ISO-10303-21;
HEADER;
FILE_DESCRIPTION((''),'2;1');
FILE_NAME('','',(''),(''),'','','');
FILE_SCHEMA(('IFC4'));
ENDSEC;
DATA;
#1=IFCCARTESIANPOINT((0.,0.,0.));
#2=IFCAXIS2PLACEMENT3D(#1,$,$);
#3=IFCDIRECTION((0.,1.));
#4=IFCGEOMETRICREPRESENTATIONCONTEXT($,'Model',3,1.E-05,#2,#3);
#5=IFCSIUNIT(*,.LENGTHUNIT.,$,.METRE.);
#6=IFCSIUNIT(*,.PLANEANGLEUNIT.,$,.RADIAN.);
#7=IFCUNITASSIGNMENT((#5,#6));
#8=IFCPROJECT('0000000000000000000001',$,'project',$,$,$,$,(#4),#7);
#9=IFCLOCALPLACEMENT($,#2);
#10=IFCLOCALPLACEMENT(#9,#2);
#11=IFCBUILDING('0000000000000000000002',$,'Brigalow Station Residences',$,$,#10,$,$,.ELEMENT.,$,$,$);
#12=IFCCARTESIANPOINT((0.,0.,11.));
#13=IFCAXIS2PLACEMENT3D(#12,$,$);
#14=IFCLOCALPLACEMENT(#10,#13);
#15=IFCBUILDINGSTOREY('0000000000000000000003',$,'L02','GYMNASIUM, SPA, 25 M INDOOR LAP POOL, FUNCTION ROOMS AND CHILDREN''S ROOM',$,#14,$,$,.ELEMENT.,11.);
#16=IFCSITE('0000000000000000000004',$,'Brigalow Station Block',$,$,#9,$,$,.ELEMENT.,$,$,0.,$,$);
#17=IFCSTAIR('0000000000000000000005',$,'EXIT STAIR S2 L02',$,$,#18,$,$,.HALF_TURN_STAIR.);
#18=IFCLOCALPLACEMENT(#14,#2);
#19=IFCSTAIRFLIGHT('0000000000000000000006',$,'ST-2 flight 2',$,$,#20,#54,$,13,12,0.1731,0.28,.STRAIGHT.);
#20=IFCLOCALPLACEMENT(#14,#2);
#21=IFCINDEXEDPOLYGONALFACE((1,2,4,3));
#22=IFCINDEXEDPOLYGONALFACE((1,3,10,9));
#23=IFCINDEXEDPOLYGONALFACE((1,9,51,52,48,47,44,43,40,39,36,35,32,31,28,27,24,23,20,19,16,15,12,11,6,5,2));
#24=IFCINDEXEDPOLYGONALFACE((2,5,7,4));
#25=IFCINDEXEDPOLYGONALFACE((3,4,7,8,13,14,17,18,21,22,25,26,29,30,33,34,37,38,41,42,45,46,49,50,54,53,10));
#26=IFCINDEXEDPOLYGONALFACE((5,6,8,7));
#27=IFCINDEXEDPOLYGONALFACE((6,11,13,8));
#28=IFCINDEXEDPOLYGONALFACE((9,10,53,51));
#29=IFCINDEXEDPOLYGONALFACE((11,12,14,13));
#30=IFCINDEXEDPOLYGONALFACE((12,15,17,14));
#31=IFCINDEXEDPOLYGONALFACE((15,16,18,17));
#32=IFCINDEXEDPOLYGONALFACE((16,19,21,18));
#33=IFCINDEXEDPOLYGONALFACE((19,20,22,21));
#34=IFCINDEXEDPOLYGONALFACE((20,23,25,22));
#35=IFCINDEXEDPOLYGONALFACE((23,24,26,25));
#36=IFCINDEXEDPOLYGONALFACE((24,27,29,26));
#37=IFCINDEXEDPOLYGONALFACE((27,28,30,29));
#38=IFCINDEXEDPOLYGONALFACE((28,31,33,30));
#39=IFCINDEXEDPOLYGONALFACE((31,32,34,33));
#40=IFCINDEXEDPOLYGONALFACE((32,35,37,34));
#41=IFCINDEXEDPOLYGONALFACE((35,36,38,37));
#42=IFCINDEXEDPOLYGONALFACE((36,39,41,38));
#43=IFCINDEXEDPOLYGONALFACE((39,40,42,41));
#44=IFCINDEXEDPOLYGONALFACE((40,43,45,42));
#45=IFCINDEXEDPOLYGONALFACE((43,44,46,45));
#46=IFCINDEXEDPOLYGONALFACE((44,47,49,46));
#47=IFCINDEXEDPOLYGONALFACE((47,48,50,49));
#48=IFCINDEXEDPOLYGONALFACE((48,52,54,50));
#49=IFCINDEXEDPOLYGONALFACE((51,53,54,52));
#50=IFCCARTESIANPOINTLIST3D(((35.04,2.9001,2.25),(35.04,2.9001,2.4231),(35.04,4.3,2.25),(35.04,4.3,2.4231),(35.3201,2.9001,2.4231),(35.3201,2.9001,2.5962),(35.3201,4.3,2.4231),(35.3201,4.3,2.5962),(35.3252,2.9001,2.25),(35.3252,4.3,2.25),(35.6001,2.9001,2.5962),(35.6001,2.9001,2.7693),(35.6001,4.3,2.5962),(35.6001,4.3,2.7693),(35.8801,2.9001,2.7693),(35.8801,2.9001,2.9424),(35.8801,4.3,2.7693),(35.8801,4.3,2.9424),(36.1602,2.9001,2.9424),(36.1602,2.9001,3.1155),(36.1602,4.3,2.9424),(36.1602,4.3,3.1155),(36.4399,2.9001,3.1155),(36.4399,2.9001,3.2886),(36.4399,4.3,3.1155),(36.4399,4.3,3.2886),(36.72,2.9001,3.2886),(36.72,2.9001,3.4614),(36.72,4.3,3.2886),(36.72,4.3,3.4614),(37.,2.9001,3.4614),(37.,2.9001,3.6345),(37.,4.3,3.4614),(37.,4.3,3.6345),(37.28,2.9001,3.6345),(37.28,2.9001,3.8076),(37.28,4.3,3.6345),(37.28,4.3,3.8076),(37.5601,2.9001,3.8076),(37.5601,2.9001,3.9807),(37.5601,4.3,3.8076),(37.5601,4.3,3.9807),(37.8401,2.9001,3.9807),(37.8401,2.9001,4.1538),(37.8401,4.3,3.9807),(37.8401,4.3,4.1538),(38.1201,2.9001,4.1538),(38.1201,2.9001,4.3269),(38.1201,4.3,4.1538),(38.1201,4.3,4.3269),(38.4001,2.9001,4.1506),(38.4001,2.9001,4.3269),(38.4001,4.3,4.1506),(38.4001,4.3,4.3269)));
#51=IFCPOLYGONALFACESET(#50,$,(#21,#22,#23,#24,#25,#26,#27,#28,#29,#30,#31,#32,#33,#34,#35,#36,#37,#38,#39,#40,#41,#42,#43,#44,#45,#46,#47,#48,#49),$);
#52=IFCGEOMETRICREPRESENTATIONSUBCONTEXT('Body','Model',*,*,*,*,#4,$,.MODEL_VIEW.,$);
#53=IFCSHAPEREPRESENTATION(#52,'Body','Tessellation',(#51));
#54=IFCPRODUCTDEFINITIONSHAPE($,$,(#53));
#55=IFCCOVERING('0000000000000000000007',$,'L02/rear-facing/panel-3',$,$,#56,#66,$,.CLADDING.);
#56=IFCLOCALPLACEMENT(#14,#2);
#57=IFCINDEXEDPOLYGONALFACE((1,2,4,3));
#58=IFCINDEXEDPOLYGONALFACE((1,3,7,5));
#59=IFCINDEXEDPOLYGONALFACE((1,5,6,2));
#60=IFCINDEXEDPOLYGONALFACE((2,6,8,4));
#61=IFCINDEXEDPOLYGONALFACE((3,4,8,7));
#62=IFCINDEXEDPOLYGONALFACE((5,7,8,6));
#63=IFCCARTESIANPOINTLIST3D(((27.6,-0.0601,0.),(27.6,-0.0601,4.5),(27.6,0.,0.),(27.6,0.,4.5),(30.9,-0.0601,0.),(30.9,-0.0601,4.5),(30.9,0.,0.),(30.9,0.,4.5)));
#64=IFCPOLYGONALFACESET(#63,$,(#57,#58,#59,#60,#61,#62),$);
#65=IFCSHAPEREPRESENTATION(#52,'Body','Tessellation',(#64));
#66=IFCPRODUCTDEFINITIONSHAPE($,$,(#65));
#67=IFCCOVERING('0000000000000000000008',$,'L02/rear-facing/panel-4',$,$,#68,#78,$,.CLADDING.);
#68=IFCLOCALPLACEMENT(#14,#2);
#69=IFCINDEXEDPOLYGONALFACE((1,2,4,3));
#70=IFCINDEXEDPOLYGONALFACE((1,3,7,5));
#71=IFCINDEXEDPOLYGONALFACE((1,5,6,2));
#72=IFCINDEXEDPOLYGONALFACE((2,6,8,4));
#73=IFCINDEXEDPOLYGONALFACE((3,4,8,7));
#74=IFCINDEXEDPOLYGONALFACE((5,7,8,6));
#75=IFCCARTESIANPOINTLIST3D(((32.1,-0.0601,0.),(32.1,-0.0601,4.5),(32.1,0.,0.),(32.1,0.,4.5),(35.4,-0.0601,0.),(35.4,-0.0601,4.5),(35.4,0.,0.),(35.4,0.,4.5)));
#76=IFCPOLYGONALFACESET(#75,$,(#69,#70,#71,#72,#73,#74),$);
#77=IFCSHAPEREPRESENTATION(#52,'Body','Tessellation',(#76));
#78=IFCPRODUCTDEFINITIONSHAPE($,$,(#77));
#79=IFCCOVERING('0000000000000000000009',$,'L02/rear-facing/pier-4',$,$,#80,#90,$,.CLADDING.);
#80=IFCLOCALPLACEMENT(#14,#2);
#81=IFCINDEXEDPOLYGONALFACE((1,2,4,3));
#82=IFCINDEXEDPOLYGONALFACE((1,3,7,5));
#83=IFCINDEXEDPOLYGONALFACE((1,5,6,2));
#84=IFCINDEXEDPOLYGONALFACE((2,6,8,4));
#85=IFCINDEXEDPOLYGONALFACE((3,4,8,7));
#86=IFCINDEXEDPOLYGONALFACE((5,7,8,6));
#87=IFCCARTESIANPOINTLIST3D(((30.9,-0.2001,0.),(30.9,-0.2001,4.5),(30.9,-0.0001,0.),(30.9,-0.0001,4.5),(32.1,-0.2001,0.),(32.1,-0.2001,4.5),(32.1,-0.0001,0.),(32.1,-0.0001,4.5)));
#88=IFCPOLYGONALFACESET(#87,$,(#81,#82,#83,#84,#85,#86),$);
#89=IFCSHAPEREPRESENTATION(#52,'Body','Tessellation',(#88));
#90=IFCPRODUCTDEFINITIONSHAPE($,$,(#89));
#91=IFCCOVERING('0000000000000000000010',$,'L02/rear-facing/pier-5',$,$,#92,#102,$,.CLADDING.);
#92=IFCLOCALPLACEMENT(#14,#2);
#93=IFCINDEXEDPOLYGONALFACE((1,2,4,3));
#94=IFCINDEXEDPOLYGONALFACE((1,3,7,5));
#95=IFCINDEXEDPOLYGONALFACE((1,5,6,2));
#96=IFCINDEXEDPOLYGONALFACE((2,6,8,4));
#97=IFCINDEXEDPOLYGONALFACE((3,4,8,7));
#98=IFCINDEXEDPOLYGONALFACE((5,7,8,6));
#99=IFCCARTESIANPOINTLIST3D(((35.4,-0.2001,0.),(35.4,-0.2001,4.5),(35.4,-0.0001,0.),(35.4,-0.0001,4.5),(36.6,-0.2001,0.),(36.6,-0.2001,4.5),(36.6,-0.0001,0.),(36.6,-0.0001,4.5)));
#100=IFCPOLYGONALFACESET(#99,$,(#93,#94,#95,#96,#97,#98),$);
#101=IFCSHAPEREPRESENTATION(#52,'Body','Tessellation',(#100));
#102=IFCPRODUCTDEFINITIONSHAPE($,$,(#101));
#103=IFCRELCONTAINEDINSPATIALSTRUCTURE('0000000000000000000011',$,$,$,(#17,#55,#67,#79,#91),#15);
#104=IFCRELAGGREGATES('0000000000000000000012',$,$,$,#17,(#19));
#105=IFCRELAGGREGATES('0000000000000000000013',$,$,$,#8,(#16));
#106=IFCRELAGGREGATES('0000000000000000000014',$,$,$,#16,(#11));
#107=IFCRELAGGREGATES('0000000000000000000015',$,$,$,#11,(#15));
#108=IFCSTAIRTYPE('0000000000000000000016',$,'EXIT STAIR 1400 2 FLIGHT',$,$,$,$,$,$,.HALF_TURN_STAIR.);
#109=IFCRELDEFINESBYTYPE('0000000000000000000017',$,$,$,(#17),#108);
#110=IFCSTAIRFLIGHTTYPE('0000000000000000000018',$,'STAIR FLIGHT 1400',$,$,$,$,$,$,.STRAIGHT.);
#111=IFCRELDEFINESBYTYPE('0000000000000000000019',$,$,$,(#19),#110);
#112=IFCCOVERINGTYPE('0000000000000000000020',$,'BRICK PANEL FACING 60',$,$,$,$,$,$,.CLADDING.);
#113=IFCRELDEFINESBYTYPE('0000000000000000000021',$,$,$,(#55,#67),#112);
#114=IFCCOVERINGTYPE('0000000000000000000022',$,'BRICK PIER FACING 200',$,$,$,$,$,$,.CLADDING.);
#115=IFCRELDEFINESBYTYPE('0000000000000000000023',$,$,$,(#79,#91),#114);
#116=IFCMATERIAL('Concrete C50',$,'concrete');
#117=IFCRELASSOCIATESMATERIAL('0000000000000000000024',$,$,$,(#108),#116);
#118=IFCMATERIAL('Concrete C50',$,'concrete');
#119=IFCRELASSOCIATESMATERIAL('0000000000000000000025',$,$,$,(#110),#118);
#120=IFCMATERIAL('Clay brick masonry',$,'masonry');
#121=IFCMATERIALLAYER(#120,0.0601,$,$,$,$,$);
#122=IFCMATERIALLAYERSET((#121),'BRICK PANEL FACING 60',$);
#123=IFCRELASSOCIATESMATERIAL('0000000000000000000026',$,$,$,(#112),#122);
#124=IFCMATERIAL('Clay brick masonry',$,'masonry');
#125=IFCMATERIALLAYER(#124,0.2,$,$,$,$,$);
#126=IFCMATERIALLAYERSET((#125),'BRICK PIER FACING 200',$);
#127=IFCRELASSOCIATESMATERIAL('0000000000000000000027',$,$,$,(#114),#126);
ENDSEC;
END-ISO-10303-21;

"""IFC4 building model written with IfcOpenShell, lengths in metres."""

from ifc_helpers import new_model, si_unit, direction, frame, origin, origin_2d, place, context, subcontext, project, spatial, polyline, rectangle, outline, extrude, material, layer, layer_set, type_object, element, aggregate, save


model = new_model("IFC4")

# Units and contexts
model_context = context("Model", 3, precision=1e-05, world=origin(), true_north=direction((0.0, 1.0)))
body_context = subcontext(model_context, "Body", "Model", "MODEL_VIEW")
ifc_project = project(units=[si_unit("LENGTHUNIT", "METRE"), si_unit("PLANEANGLEUNIT", "RADIAN")], contexts=[model_context])

# Site, building, storey
site_placement = place(None, origin())
site = spatial("IfcSite", under=ifc_project, at=site_placement, Name="Brigalow Station Block", CompositionType="ELEMENT", RefElevation=0.0)
building_placement = place(site_placement, origin())
building = spatial("IfcBuilding", under=site, at=building_placement, Name="Brigalow Station Residences", CompositionType="ELEMENT")
storey_placement = place(building_placement, frame((0.0, 0.0, 11.0)))
storey = spatial("IfcBuildingStorey", under=building, at=storey_placement, Name="L02", Description="GYMNASIUM, SPA, 25 M INDOOR LAP POOL, FUNCTION ROOMS AND CHILDREN'S ROOM", CompositionType="ELEMENT", Elevation=11.0)

# Stair, stair flight
ifc_material_1 = material(Name="Concrete C50", Category="concrete")
stair_type = type_object("IfcStairType", Name="EXIT STAIR 1400 2 FLIGHT", PredefinedType="HALF_TURN_STAIR", material=ifc_material_1)
stair_placement = place(storey_placement, origin())
stair = element("IfcStair", 1, at=stair_placement, inside=storey, type_object=stair_type, Name="EXIT STAIR S2 L02", PredefinedType="HALF_TURN_STAIR")
ifc_material_2 = material(Name="Concrete C50", Category="concrete")
stair_flight_type = type_object("IfcStairFlightType", Name="STAIR FLIGHT 1400", PredefinedType="STRAIGHT", material=ifc_material_2)
stair_flight_placement = place(storey_placement, frame((35.04, 3.6001, 2.25), z_axis=(0.0, 0.0, 1.0), x_axis=(1.0, 0.0, 0.0)))
stair_flight = element("IfcStairFlight", 2, at=stair_flight_placement, type_object=stair_flight_type, Name="ST-2 flight 2", NumberOfRisers=13, NumberOfTreads=12, PredefinedType="STRAIGHT", RiserHeight=0.1731, TreadLength=0.28, context=body_context, shape_type="SweptSolid", body=[
    extrude(outline(polyline([(0.0, 0.0), (0.0, 0.1731), (0.28, 0.1731), (0.28, 0.3462), (0.5601, 0.3462), (0.5601, 0.5193), (0.8401, 0.5193), (0.8401, 0.6924), (1.1201, 0.6924), (1.1201, 0.8655), (1.3999, 0.8655), (1.3999, 1.0386), (1.6799, 1.0386), (1.6799, 1.2114), (1.96, 1.2114), (1.96, 1.3845), (2.24, 1.3845), (2.24, 1.5576), (2.52, 1.5576), (2.52, 1.7307), (2.8, 1.7307), (2.8, 1.9038), (3.0801, 1.9038), (3.0801, 2.0769), (3.3601, 2.0769), (3.3601, 2.25), (3.3601, 1.9006), (0.2852, 0.0), (0.0, 0.0)])), frame((0.0, 0.7, 0.0), z_axis=(0.0, -1.0, 0.0), x_axis=(1.0, 0.0, 0.0)), (0.0, 0.0, 1.0), 1.3999),
])
aggregate(stair, [stair_flight])

# Coverings
ifc_material_3 = material(Name="Clay brick masonry", Category="masonry")
ifc_layer_1 = layer(ifc_material_3, 0.0601)
ifc_layer_set_1 = layer_set([ifc_layer_1], Name="BRICK PANEL FACING 60")
covering_type_1 = type_object("IfcCoveringType", Name="BRICK PANEL FACING 60", PredefinedType="CLADDING", material=ifc_layer_set_1)
for number, where, z_axis, x_axis, name in (
    (3, (29.25, -0.03, 0.0), (0.0, 0.0, 1.0), (1.0, 0.0, 0.0), "L02/rear-facing/panel-3"),
    (4, (33.75, -0.03, 0.0), (0.0, 0.0, 1.0), (1.0, 0.0, 0.0), "L02/rear-facing/panel-4"),
):
    element("IfcCovering", number, at=place(storey_placement, frame(where, z_axis=z_axis, x_axis=x_axis)), inside=storey, type_object=covering_type_1, Name=name, PredefinedType="CLADDING", context=body_context, shape_type="SweptSolid", body=[
        extrude(rectangle(XDim=3.3, YDim=0.0601, at=origin_2d()), origin(), (0.0, 0.0, 1.0), 4.5),
    ])
ifc_material_4 = material(Name="Clay brick masonry", Category="masonry")
ifc_layer_2 = layer(ifc_material_4, 0.2)
ifc_layer_set_2 = layer_set([ifc_layer_2], Name="BRICK PIER FACING 200")
covering_type_2 = type_object("IfcCoveringType", Name="BRICK PIER FACING 200", PredefinedType="CLADDING", material=ifc_layer_set_2)
for number, where, z_axis, x_axis, name in (
    (5, (31.5, -0.1001, 0.0), (0.0, 0.0, 1.0), (1.0, 0.0, 0.0), "L02/rear-facing/pier-4"),
    (6, (36.0, -0.1001, 0.0), (0.0, 0.0, 1.0), (1.0, 0.0, 0.0), "L02/rear-facing/pier-5"),
):
    element("IfcCovering", number, at=place(storey_placement, frame(where, z_axis=z_axis, x_axis=x_axis)), inside=storey, type_object=covering_type_2, Name=name, PredefinedType="CLADDING", context=body_context, shape_type="SweptSolid", body=[
        extrude(rectangle(XDim=1.2, YDim=0.2, at=origin_2d()), origin(), (0.0, 0.0, 1.0), 4.5),
    ])

save(model, "model.ifc")
